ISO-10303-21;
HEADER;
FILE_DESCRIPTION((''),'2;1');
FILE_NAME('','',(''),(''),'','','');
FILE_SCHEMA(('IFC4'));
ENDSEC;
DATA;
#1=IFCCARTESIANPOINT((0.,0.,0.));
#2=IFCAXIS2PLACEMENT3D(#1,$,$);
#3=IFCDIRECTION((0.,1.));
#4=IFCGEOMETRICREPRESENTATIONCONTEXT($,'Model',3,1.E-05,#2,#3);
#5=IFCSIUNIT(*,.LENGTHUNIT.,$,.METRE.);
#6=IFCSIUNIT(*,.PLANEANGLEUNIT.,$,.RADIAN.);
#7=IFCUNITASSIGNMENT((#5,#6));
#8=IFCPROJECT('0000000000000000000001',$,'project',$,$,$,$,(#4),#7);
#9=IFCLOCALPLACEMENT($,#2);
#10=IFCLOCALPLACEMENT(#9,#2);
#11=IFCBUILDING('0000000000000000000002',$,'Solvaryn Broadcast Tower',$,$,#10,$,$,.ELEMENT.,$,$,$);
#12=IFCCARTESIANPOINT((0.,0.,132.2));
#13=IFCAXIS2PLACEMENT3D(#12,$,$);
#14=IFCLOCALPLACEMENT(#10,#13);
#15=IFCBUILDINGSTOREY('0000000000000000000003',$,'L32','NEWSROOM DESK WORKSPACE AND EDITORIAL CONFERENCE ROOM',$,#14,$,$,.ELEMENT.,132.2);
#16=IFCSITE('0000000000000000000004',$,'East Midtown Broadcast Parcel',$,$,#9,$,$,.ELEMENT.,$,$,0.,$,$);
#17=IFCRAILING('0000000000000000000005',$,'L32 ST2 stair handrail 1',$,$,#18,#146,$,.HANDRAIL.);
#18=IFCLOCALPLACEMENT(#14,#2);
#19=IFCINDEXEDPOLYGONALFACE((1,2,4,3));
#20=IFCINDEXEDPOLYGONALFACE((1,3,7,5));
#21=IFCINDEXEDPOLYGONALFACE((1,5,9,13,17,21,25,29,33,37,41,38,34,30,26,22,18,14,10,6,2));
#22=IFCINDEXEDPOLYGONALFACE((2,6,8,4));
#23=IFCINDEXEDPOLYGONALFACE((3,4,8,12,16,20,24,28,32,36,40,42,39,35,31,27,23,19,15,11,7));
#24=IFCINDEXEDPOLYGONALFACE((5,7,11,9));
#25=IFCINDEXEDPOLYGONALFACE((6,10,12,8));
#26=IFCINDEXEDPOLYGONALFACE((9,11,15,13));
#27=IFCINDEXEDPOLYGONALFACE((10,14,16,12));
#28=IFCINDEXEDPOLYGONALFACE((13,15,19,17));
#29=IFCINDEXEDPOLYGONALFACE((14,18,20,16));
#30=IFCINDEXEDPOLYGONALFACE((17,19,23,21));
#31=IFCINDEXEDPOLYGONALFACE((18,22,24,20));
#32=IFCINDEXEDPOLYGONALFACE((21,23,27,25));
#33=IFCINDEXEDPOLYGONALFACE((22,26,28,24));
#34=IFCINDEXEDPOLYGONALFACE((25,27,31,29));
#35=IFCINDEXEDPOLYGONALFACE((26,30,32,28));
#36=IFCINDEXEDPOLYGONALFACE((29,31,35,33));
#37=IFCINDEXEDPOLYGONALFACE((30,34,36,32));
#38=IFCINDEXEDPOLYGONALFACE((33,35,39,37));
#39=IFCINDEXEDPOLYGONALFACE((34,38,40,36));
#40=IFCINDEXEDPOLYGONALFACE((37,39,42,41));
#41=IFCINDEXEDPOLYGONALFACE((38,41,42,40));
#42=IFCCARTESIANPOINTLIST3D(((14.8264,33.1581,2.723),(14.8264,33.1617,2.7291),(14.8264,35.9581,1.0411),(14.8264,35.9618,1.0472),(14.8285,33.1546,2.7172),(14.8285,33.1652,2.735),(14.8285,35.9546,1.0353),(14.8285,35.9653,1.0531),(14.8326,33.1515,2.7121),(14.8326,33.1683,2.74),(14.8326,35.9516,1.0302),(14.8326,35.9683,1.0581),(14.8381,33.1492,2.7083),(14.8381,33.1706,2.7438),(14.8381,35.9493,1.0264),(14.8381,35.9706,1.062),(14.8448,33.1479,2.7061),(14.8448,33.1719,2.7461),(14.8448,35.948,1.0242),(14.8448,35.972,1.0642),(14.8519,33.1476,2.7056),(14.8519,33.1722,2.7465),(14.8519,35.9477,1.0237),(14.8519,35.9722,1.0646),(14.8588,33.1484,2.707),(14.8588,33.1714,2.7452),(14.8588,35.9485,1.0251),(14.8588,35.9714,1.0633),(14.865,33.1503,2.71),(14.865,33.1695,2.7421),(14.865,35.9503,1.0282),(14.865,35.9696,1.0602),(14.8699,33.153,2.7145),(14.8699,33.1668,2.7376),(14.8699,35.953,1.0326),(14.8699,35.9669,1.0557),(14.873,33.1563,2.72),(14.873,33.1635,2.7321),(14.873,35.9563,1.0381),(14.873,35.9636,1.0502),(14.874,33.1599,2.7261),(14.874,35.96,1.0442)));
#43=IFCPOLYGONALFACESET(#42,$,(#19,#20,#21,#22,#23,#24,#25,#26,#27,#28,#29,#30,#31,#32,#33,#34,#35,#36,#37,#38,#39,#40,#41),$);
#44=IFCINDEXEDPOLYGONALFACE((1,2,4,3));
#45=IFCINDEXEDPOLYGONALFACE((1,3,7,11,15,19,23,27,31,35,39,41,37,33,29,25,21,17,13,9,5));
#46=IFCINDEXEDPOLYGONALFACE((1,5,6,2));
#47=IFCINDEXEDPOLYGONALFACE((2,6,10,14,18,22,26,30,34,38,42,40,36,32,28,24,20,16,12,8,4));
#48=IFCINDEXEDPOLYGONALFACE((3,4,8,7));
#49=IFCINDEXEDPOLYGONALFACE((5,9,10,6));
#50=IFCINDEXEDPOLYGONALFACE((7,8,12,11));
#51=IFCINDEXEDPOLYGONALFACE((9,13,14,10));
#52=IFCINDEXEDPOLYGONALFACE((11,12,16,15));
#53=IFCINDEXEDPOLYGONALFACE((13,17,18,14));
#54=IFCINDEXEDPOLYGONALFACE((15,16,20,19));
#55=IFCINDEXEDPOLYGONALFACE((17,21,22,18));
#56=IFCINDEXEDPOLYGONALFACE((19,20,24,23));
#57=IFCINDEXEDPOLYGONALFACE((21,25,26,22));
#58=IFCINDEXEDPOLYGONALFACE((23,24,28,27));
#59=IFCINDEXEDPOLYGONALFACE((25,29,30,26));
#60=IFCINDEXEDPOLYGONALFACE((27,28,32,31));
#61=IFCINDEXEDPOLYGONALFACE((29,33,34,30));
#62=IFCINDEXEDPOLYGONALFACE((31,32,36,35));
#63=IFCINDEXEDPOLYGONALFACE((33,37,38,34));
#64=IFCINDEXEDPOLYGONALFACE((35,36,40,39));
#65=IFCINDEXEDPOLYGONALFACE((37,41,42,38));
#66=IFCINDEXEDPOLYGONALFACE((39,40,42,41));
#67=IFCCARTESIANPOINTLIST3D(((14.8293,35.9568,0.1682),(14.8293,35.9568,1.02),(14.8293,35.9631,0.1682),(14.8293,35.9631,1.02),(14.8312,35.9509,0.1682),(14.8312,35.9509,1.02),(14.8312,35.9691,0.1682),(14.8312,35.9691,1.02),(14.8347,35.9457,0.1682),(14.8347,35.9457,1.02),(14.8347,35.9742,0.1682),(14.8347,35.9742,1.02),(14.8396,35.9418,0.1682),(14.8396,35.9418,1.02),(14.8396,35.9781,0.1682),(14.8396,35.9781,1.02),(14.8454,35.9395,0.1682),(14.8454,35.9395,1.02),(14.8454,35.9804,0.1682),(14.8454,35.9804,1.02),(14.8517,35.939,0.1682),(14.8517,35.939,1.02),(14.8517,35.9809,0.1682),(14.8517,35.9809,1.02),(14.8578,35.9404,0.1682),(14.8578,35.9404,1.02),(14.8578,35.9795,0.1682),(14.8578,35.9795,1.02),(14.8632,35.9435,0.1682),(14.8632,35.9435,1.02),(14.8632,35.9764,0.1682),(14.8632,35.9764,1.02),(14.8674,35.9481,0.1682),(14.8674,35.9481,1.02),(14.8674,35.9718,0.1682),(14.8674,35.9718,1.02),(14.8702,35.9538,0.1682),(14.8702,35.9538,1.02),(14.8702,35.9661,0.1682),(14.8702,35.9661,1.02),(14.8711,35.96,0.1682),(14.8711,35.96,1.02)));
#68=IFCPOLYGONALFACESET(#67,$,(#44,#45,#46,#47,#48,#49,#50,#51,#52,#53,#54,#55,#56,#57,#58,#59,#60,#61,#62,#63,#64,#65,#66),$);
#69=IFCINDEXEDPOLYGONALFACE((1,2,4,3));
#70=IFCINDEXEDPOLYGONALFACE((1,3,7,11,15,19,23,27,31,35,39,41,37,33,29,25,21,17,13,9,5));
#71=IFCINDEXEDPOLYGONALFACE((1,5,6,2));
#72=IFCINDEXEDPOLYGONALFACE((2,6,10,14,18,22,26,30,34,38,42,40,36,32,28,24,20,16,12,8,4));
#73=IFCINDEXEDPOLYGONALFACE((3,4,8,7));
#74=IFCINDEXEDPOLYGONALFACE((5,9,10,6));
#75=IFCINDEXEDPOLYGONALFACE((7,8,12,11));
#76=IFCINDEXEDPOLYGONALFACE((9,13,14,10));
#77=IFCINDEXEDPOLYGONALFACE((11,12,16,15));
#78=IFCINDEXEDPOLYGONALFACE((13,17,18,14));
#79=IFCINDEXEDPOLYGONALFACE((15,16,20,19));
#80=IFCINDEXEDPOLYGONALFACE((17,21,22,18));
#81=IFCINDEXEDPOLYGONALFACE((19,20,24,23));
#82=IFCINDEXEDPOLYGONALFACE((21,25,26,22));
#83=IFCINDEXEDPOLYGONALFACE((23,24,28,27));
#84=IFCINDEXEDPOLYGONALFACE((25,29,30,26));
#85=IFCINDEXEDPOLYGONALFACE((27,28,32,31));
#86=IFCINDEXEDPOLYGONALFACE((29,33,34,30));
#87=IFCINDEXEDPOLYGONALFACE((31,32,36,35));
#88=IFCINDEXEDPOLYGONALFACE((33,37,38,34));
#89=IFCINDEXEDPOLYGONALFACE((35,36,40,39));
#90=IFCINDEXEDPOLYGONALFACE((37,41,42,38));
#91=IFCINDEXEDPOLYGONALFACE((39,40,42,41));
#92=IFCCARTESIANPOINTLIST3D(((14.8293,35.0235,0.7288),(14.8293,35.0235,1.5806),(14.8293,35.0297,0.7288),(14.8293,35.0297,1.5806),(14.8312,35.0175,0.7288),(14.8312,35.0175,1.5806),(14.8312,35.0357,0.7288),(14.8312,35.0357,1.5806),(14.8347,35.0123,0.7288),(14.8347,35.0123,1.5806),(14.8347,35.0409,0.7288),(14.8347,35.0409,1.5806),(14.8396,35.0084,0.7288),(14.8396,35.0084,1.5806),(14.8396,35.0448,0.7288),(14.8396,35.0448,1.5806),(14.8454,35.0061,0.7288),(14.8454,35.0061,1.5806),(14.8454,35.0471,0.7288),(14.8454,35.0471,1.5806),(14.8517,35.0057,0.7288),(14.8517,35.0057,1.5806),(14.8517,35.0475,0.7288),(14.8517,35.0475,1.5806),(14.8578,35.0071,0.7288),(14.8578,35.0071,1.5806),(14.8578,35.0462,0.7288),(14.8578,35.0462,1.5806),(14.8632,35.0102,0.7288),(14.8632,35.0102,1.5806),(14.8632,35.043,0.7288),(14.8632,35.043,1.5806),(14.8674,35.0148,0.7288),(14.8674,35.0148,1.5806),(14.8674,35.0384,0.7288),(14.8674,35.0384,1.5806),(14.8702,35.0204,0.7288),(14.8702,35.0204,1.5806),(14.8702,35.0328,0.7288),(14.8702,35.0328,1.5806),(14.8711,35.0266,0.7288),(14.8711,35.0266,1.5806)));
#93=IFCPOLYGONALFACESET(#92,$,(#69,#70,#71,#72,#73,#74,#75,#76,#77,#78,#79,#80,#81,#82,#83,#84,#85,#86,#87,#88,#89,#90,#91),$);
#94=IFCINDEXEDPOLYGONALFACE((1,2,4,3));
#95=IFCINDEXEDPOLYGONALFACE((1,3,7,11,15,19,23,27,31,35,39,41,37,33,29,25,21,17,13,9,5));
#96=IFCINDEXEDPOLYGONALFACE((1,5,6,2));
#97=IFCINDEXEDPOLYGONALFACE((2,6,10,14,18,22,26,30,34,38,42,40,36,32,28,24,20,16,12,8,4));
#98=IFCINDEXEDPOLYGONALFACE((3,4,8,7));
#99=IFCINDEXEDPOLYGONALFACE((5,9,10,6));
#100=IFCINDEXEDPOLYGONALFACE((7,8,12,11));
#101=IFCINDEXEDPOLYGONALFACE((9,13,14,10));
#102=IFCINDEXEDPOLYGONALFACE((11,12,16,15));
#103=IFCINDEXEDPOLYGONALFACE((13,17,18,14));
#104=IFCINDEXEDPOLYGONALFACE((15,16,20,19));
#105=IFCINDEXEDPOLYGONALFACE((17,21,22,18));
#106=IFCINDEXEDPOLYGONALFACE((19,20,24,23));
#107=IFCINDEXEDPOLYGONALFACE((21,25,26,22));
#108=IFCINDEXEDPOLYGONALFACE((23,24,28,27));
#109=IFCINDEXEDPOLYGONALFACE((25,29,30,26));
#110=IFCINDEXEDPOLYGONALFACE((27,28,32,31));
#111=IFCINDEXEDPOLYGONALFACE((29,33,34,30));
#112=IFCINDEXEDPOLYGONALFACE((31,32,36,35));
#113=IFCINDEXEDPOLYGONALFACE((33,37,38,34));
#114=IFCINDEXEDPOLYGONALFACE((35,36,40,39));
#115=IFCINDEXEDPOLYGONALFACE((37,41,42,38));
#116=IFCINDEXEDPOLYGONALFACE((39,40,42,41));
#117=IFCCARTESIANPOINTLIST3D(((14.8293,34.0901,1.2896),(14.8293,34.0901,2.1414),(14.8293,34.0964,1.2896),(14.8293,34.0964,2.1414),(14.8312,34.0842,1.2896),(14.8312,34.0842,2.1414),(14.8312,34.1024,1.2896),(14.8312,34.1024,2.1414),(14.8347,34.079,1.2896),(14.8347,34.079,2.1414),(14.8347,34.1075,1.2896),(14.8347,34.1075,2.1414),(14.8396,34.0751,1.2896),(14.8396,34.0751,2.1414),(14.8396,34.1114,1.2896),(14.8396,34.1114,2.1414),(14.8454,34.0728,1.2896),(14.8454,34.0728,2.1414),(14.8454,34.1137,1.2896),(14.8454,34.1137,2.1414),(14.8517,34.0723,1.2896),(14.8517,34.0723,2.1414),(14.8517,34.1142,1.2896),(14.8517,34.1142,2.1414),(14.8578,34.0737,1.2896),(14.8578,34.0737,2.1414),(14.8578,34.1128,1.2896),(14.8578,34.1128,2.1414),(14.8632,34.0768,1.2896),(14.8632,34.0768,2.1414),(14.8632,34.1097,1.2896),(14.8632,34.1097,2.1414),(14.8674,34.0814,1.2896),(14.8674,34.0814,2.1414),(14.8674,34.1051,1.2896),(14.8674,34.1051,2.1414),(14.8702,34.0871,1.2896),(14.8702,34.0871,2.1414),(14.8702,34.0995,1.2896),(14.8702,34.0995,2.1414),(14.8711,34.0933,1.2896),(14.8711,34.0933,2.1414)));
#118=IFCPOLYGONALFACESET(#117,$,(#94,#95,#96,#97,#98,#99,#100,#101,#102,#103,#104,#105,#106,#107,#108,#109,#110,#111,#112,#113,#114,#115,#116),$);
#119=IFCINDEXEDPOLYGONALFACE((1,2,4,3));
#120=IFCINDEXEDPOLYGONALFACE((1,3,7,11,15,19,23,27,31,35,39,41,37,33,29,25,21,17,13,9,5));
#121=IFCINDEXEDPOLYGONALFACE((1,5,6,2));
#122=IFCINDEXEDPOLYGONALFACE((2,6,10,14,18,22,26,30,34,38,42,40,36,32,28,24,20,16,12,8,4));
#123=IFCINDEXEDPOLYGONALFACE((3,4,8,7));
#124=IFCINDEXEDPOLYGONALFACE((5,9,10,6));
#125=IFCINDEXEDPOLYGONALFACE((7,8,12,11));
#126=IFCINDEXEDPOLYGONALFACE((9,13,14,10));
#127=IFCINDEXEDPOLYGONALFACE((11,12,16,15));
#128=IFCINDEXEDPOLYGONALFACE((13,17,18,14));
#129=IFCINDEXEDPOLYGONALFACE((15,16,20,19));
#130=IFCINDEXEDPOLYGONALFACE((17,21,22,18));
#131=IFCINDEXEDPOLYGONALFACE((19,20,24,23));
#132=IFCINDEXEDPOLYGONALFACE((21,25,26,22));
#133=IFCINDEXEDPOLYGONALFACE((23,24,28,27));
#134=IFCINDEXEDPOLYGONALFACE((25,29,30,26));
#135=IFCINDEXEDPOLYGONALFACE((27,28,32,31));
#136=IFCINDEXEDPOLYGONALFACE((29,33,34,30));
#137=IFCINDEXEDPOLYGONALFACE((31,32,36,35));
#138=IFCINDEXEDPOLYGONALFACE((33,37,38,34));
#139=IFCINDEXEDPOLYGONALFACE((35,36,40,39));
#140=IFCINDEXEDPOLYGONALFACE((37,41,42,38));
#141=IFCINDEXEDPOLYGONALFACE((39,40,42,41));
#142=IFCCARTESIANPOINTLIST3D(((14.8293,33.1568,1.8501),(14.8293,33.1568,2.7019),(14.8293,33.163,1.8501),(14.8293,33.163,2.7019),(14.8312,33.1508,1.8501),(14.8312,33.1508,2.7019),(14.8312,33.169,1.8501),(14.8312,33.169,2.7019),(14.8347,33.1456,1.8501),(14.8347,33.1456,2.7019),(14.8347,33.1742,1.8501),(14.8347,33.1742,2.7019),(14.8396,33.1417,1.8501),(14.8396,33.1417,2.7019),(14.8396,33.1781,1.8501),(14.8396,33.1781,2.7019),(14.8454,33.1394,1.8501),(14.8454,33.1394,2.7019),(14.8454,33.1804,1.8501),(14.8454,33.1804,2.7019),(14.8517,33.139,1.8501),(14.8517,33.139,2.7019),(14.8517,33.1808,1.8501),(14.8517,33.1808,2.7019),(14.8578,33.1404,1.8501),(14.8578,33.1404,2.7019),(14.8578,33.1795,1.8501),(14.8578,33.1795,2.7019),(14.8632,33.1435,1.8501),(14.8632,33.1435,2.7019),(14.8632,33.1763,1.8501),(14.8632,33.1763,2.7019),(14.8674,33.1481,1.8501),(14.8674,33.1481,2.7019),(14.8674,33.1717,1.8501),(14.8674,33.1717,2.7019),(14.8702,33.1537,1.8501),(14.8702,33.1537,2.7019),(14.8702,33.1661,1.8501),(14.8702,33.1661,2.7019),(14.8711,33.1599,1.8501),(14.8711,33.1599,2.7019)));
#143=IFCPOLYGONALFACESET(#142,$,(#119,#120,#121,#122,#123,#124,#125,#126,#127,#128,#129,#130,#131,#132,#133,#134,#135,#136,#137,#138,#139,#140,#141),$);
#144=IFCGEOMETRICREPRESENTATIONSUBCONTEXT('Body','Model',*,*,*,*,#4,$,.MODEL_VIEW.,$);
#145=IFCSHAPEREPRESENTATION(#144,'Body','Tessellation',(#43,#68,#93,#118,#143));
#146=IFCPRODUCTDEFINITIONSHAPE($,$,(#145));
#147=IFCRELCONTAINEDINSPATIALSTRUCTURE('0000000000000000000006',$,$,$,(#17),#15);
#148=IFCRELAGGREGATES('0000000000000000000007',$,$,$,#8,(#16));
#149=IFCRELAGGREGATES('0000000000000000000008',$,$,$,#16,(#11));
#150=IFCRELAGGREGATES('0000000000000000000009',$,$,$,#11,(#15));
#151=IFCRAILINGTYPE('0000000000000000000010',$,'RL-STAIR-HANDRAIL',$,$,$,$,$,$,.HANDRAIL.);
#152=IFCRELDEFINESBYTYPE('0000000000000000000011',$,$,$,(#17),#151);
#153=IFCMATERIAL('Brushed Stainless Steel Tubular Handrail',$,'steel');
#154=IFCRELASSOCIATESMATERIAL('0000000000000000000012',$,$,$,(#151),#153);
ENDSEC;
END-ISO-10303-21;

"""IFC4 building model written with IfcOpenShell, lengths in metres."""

from ifc_helpers import new_model, si_unit, direction, frame, origin, origin_2d, place, context, subcontext, project, spatial, circle, extrude, material, type_object, element, save


model = new_model("IFC4")

# Units and contexts
model_context = context("Model", 3, precision=1e-05, world=origin(), true_north=direction((0.0, 1.0)))
body_context = subcontext(model_context, "Body", "Model", "MODEL_VIEW")
ifc_project = project(units=[si_unit("LENGTHUNIT", "METRE"), si_unit("PLANEANGLEUNIT", "RADIAN")], contexts=[model_context])

# Site, building, storey
site_placement = place(None, origin())
site = spatial("IfcSite", under=ifc_project, at=site_placement, Name="East Midtown Broadcast Parcel", CompositionType="ELEMENT", RefElevation=0.0)
building_placement = place(site_placement, origin())
building = spatial("IfcBuilding", under=site, at=building_placement, Name="Solvaryn Broadcast Tower", CompositionType="ELEMENT")
storey_placement = place(building_placement, frame((0.0, 0.0, 132.2)))
storey = spatial("IfcBuildingStorey", under=building, at=storey_placement, Name="L32", Description="NEWSROOM DESK WORKSPACE AND EDITORIAL CONFERENCE ROOM", CompositionType="ELEMENT", Elevation=132.2)

# Railing
ifc_material_1 = material(Name="Brushed Stainless Steel Tubular Handrail", Category="steel")
railing_type_1 = type_object("IfcRailingType", Name="RL-STAIR-HANDRAIL", PredefinedType="HANDRAIL", material=ifc_material_1)
railing_1_placement = place(storey_placement, frame((14.8501, 35.96, 0.1682)))
element("IfcRailing", 1, at=railing_1_placement, inside=storey, type_object=railing_type_1, Name="L32 ST2 stair handrail 1", PredefinedType="HANDRAIL", context=body_context, shape_type="SweptSolid", body=[
    extrude(circle(Radius=0.0239, at=origin_2d()), frame((0.0, 0.0, 0.876), z_axis=(0.0, -0.857242, 0.514913), x_axis=(1.0, 0.0, 0.0)), (0.0, 0.0, 1.0), 3.2664),
    extrude(circle(Radius=0.021, at=origin_2d()), origin(), (0.0, 0.0, 1.0), 0.8518),
    extrude(circle(Radius=0.021, at=origin_2d()), frame((0.0, -0.9333, 0.5605)), (0.0, 0.0, 1.0), 0.8518),
    extrude(circle(Radius=0.021, at=origin_2d()), frame((0.0, -1.8667, 1.1213)), (0.0, 0.0, 1.0), 0.8518),
    extrude(circle(Radius=0.021, at=origin_2d()), frame((0.0, -2.8, 1.6819)), (0.0, 0.0, 1.0), 0.8518),
])

save(model, "model.ifc")
